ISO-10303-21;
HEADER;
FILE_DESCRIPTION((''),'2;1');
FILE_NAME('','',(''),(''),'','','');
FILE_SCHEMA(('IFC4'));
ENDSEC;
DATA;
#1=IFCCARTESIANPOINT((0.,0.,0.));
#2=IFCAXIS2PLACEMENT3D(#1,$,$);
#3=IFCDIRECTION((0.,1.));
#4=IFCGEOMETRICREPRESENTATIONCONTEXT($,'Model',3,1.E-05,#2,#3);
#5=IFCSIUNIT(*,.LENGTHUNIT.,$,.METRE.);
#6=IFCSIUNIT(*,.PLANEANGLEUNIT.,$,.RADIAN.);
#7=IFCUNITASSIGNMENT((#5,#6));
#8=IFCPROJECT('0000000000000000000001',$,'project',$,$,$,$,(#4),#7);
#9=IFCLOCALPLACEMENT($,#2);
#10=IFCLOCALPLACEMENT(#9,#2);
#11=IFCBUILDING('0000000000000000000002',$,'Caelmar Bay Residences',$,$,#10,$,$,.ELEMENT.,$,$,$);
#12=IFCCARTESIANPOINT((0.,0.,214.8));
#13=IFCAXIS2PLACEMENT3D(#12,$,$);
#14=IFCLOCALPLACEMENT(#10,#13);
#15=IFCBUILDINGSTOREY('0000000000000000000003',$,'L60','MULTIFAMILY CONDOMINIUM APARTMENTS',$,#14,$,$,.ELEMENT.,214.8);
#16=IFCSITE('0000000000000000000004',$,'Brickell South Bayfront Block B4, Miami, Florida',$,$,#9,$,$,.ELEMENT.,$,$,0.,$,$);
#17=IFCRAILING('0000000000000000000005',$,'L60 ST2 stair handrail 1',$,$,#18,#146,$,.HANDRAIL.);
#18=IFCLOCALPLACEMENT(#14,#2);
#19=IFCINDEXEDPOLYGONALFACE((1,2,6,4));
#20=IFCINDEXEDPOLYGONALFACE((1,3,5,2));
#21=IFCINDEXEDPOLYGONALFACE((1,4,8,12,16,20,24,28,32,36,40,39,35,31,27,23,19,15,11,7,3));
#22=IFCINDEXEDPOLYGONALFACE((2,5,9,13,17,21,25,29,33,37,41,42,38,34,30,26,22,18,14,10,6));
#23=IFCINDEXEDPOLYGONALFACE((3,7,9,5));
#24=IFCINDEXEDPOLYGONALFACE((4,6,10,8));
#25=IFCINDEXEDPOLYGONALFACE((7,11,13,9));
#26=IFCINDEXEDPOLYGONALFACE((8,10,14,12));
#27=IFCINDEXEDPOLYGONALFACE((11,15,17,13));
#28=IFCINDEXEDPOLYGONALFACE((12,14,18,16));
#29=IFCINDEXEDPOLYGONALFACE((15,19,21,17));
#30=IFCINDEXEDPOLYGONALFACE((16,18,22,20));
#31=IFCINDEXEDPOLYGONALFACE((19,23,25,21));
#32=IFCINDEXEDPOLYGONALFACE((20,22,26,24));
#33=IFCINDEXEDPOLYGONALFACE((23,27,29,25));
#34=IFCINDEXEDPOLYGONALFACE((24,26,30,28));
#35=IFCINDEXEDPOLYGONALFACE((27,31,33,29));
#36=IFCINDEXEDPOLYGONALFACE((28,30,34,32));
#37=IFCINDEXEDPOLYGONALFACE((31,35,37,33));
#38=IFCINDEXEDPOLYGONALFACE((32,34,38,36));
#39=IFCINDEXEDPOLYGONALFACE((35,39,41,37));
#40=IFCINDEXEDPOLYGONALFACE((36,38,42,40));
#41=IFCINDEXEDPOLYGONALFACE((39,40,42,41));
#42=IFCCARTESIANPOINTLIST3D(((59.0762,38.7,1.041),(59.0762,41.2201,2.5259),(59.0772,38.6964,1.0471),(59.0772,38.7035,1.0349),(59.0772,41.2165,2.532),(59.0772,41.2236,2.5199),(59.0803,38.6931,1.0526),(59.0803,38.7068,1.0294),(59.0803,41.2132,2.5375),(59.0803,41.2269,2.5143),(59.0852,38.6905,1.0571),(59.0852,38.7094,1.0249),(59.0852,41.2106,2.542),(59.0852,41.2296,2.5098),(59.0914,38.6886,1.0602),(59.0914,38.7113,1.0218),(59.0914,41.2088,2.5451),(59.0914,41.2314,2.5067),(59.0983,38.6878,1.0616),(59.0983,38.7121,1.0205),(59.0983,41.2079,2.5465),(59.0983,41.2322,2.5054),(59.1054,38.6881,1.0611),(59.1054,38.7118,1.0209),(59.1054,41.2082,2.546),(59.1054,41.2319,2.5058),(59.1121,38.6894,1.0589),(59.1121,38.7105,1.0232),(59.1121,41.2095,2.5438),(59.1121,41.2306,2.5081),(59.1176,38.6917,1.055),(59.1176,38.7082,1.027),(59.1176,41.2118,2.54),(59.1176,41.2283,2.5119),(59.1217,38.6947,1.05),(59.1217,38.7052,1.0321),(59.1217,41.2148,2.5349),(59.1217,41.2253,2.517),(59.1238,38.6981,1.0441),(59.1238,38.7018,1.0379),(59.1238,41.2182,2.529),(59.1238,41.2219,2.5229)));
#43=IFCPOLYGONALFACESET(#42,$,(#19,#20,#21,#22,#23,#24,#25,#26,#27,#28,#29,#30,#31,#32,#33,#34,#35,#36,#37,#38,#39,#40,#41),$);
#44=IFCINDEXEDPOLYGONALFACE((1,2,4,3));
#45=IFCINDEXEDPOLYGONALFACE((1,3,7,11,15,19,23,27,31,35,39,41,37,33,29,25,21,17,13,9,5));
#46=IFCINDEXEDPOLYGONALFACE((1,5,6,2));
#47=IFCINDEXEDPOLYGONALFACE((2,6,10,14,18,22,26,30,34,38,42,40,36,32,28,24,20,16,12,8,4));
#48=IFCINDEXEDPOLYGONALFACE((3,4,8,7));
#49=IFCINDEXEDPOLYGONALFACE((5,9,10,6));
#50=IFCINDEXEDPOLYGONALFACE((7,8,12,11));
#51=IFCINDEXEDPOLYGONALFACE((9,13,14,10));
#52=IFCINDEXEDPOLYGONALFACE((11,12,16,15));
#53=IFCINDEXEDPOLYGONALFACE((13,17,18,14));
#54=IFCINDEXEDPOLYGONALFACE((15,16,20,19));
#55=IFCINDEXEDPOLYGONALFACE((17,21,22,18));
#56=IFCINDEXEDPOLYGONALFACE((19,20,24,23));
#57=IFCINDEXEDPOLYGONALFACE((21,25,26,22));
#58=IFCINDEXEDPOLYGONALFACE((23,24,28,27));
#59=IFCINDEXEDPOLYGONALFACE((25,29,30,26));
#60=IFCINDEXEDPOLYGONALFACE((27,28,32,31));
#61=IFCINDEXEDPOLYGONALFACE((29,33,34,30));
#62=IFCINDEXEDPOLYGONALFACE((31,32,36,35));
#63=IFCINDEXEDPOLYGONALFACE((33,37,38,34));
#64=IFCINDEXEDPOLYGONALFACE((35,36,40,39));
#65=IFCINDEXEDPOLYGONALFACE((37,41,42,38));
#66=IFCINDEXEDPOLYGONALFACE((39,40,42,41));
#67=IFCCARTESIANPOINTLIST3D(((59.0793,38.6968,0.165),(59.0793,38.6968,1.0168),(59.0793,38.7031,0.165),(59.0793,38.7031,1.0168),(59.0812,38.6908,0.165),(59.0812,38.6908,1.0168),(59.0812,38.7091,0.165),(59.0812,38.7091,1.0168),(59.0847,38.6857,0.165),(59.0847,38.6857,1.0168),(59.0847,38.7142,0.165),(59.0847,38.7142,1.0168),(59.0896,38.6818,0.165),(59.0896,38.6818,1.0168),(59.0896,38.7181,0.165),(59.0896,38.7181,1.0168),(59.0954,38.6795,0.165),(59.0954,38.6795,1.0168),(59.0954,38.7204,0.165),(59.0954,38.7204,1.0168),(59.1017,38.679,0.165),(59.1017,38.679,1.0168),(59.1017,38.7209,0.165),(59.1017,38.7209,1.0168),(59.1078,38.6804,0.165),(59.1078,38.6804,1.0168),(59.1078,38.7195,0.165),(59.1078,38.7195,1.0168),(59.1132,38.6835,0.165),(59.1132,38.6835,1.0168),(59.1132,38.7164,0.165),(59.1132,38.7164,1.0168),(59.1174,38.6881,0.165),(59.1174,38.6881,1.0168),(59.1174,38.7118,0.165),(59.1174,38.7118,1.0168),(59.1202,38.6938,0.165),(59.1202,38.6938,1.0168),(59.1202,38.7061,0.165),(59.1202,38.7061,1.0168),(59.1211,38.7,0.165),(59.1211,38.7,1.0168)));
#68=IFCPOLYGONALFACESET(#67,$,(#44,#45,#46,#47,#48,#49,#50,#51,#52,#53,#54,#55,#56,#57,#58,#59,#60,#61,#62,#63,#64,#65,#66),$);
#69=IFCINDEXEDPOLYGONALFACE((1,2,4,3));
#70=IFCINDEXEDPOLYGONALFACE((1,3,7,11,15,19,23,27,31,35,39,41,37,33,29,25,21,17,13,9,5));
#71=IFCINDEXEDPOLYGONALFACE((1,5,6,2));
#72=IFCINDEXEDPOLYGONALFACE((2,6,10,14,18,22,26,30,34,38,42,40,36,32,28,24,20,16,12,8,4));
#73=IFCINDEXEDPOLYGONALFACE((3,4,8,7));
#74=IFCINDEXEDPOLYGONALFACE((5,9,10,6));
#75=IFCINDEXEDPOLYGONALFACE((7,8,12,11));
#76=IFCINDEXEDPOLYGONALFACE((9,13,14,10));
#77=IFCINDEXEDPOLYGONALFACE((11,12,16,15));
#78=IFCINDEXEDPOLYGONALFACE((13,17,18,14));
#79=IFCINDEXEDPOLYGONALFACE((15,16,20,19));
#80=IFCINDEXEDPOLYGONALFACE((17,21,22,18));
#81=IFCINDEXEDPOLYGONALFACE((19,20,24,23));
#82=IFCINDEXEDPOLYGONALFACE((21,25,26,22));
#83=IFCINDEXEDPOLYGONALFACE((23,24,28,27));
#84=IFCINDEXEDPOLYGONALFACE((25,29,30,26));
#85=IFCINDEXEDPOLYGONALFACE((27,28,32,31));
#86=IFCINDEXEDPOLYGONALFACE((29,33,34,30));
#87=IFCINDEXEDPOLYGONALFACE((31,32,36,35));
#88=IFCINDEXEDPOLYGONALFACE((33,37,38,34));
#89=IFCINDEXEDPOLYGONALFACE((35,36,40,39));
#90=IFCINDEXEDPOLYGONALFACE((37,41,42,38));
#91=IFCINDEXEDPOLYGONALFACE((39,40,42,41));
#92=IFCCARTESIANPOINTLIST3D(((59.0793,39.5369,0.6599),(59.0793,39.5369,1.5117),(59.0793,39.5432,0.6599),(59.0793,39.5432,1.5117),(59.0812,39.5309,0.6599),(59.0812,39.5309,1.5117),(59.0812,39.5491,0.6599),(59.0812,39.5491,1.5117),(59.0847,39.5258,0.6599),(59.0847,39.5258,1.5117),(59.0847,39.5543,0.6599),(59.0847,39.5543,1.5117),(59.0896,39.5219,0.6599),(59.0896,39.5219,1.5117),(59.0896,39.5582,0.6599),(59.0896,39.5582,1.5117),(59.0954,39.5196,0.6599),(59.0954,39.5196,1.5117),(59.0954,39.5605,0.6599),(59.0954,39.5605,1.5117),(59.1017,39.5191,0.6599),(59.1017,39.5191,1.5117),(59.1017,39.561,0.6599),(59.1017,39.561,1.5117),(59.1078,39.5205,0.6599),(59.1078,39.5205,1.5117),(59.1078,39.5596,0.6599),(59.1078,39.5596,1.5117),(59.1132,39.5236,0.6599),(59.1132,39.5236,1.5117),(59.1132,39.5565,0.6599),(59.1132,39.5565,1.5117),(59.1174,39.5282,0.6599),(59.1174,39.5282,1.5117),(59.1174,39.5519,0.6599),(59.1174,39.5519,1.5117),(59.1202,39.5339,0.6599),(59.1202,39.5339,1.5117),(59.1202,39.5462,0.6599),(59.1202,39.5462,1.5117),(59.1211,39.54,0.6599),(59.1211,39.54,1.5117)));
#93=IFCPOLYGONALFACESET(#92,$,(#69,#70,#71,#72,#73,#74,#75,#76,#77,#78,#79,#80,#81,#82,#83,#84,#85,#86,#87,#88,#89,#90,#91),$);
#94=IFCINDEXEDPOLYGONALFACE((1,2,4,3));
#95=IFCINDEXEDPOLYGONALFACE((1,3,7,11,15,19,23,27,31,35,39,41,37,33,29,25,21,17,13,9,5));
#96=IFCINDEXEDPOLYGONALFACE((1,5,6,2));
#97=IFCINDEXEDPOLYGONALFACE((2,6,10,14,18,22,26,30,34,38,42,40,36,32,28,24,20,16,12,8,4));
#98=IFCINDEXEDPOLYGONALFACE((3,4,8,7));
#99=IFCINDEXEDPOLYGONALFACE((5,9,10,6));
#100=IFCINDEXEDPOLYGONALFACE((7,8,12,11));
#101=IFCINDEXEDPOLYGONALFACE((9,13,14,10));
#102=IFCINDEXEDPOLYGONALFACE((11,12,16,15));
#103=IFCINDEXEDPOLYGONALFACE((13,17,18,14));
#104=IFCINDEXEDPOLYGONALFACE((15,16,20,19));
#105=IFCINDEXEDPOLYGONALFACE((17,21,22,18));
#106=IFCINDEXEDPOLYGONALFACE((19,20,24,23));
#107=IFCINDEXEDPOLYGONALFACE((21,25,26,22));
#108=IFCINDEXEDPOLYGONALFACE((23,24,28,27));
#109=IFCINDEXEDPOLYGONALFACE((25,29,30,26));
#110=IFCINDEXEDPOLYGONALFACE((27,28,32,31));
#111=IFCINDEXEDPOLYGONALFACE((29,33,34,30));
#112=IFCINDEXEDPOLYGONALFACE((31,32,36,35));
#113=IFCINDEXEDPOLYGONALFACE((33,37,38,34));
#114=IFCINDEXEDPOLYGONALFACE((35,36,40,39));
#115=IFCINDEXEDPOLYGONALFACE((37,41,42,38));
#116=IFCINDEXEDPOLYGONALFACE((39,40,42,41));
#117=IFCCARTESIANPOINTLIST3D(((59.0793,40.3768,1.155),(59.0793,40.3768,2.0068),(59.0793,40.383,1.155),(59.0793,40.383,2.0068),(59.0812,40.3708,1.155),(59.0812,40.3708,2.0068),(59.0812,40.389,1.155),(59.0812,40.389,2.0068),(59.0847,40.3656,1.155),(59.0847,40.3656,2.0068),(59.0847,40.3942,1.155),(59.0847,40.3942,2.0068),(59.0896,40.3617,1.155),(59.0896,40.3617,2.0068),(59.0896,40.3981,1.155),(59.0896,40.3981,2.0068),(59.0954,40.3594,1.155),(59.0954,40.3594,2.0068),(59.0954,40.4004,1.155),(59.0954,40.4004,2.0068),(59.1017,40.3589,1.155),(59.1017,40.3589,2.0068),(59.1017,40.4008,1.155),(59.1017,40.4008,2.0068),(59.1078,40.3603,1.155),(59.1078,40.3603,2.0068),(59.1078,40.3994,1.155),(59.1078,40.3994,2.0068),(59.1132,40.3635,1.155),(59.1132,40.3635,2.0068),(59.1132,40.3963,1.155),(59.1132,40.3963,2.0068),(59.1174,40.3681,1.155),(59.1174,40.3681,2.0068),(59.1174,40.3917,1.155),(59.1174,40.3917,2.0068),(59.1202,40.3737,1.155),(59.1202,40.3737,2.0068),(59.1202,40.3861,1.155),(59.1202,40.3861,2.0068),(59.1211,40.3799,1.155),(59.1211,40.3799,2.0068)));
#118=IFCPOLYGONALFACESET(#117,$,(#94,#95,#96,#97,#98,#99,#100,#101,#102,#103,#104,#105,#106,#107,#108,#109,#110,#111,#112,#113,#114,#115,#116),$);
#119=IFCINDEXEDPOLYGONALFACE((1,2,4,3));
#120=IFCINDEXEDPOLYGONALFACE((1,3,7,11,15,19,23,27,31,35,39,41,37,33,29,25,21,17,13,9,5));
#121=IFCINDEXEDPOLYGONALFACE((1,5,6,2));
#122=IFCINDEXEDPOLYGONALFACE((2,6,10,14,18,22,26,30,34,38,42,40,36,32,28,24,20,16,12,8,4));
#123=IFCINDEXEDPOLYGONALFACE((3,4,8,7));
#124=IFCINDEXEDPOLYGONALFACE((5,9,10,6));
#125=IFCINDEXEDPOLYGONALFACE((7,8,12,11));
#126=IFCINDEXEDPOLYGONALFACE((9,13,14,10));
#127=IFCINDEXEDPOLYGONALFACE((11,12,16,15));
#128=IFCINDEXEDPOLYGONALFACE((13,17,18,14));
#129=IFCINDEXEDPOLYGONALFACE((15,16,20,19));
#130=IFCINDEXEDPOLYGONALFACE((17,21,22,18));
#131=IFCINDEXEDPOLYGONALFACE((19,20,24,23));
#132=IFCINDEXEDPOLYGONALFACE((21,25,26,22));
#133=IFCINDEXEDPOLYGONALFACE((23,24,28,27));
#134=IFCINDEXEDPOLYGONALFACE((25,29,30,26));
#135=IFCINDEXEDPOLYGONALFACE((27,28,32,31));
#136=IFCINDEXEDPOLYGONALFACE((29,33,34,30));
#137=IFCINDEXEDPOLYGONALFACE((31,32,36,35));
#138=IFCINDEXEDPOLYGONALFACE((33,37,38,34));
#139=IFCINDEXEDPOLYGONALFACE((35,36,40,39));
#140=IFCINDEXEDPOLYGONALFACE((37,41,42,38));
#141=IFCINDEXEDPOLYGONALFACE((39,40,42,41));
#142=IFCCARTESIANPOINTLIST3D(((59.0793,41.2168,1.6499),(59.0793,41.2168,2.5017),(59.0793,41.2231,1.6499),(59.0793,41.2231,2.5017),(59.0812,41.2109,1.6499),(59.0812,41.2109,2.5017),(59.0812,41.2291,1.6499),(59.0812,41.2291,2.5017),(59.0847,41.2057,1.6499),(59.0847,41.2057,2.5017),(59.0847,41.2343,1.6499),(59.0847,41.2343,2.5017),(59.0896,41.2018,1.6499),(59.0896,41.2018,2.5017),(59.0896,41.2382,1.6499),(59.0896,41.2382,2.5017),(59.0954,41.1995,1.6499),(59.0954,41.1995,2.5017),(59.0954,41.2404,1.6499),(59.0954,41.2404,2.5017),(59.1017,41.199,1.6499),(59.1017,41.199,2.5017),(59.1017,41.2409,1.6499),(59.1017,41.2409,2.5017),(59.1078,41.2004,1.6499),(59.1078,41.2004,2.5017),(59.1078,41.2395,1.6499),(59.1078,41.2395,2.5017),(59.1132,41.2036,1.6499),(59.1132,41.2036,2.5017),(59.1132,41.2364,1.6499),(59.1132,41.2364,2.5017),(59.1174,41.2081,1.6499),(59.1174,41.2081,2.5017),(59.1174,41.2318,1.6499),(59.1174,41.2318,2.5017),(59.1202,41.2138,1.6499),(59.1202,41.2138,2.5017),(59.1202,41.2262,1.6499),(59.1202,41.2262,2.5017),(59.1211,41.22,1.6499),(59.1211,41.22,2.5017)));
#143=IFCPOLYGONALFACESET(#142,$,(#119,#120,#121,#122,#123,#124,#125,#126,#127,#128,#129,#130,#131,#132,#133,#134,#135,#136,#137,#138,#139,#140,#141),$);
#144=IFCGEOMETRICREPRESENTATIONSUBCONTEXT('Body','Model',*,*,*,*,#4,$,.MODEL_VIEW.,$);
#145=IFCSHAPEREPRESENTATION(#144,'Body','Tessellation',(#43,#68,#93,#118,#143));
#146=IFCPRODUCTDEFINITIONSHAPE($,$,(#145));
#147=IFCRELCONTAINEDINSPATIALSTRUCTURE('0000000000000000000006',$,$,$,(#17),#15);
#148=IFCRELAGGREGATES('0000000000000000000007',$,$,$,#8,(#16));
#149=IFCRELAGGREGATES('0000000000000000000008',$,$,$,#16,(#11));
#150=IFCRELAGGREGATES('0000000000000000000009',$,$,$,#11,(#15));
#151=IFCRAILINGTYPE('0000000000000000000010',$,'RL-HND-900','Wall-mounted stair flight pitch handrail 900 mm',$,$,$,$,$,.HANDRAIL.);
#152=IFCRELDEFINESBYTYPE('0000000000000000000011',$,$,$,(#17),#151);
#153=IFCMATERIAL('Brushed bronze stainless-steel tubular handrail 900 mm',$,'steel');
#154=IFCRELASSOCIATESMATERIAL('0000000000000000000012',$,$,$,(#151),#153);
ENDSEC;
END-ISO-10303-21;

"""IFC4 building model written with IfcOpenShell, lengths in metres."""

from ifc_helpers import new_model, si_unit, direction, frame, origin, origin_2d, place, context, subcontext, project, spatial, circle, extrude, material, type_object, element, save


model = new_model("IFC4")

# Units and contexts
model_context = context("Model", 3, precision=1e-05, world=origin(), true_north=direction((0.0, 1.0)))
body_context = subcontext(model_context, "Body", "Model", "MODEL_VIEW")
ifc_project = project(units=[si_unit("LENGTHUNIT", "METRE"), si_unit("PLANEANGLEUNIT", "RADIAN")], contexts=[model_context])

# Site, building, storey
site_placement = place(None, origin())
site = spatial("IfcSite", under=ifc_project, at=site_placement, Name="Brickell South Bayfront Block B4, Miami, Florida", CompositionType="ELEMENT", RefElevation=0.0)
building_placement = place(site_placement, origin())
building = spatial("IfcBuilding", under=site, at=building_placement, Name="Caelmar Bay Residences", CompositionType="ELEMENT")
storey_placement = place(building_placement, frame((0.0, 0.0, 214.8)))
storey = spatial("IfcBuildingStorey", under=building, at=storey_placement, Name="L60", Description="MULTIFAMILY CONDOMINIUM APARTMENTS", CompositionType="ELEMENT", Elevation=214.8)

# Railing
ifc_material_1 = material(Name="Brushed bronze stainless-steel tubular handrail 900 mm", Category="steel")
railing_type_1 = type_object("IfcRailingType", Name="RL-HND-900", Description="Wall-mounted stair flight pitch handrail 900 mm", PredefinedType="HANDRAIL", material=ifc_material_1)
railing_1_placement = place(storey_placement, frame((59.1001, 38.7, 0.165)))
element("IfcRailing", 1, at=railing_1_placement, inside=storey, type_object=railing_type_1, Name="L60 ST2 stair handrail 1", PredefinedType="HANDRAIL", context=body_context, shape_type="SweptSolid", body=[
    extrude(circle(Radius=0.0239, at=origin_2d()), frame((0.0, 0.0, 0.876), z_axis=(0.0, 0.861561, 0.507655), x_axis=(-1.0, 0.0, 0.0)), (0.0, 0.0, 1.0), 2.925),
    extrude(circle(Radius=0.021, at=origin_2d()), origin(), (0.0, 0.0, 1.0), 0.8518),
    extrude(circle(Radius=0.021, at=origin_2d()), frame((0.0, 0.8401, 0.4949)), (0.0, 0.0, 1.0), 0.8518),
    extrude(circle(Radius=0.021, at=origin_2d()), frame((0.0, 1.6799, 0.99)), (0.0, 0.0, 1.0), 0.8518),
    extrude(circle(Radius=0.021, at=origin_2d()), frame((0.0, 2.52, 1.4849)), (0.0, 0.0, 1.0), 0.8518),
])

save(model, "model.ifc")
